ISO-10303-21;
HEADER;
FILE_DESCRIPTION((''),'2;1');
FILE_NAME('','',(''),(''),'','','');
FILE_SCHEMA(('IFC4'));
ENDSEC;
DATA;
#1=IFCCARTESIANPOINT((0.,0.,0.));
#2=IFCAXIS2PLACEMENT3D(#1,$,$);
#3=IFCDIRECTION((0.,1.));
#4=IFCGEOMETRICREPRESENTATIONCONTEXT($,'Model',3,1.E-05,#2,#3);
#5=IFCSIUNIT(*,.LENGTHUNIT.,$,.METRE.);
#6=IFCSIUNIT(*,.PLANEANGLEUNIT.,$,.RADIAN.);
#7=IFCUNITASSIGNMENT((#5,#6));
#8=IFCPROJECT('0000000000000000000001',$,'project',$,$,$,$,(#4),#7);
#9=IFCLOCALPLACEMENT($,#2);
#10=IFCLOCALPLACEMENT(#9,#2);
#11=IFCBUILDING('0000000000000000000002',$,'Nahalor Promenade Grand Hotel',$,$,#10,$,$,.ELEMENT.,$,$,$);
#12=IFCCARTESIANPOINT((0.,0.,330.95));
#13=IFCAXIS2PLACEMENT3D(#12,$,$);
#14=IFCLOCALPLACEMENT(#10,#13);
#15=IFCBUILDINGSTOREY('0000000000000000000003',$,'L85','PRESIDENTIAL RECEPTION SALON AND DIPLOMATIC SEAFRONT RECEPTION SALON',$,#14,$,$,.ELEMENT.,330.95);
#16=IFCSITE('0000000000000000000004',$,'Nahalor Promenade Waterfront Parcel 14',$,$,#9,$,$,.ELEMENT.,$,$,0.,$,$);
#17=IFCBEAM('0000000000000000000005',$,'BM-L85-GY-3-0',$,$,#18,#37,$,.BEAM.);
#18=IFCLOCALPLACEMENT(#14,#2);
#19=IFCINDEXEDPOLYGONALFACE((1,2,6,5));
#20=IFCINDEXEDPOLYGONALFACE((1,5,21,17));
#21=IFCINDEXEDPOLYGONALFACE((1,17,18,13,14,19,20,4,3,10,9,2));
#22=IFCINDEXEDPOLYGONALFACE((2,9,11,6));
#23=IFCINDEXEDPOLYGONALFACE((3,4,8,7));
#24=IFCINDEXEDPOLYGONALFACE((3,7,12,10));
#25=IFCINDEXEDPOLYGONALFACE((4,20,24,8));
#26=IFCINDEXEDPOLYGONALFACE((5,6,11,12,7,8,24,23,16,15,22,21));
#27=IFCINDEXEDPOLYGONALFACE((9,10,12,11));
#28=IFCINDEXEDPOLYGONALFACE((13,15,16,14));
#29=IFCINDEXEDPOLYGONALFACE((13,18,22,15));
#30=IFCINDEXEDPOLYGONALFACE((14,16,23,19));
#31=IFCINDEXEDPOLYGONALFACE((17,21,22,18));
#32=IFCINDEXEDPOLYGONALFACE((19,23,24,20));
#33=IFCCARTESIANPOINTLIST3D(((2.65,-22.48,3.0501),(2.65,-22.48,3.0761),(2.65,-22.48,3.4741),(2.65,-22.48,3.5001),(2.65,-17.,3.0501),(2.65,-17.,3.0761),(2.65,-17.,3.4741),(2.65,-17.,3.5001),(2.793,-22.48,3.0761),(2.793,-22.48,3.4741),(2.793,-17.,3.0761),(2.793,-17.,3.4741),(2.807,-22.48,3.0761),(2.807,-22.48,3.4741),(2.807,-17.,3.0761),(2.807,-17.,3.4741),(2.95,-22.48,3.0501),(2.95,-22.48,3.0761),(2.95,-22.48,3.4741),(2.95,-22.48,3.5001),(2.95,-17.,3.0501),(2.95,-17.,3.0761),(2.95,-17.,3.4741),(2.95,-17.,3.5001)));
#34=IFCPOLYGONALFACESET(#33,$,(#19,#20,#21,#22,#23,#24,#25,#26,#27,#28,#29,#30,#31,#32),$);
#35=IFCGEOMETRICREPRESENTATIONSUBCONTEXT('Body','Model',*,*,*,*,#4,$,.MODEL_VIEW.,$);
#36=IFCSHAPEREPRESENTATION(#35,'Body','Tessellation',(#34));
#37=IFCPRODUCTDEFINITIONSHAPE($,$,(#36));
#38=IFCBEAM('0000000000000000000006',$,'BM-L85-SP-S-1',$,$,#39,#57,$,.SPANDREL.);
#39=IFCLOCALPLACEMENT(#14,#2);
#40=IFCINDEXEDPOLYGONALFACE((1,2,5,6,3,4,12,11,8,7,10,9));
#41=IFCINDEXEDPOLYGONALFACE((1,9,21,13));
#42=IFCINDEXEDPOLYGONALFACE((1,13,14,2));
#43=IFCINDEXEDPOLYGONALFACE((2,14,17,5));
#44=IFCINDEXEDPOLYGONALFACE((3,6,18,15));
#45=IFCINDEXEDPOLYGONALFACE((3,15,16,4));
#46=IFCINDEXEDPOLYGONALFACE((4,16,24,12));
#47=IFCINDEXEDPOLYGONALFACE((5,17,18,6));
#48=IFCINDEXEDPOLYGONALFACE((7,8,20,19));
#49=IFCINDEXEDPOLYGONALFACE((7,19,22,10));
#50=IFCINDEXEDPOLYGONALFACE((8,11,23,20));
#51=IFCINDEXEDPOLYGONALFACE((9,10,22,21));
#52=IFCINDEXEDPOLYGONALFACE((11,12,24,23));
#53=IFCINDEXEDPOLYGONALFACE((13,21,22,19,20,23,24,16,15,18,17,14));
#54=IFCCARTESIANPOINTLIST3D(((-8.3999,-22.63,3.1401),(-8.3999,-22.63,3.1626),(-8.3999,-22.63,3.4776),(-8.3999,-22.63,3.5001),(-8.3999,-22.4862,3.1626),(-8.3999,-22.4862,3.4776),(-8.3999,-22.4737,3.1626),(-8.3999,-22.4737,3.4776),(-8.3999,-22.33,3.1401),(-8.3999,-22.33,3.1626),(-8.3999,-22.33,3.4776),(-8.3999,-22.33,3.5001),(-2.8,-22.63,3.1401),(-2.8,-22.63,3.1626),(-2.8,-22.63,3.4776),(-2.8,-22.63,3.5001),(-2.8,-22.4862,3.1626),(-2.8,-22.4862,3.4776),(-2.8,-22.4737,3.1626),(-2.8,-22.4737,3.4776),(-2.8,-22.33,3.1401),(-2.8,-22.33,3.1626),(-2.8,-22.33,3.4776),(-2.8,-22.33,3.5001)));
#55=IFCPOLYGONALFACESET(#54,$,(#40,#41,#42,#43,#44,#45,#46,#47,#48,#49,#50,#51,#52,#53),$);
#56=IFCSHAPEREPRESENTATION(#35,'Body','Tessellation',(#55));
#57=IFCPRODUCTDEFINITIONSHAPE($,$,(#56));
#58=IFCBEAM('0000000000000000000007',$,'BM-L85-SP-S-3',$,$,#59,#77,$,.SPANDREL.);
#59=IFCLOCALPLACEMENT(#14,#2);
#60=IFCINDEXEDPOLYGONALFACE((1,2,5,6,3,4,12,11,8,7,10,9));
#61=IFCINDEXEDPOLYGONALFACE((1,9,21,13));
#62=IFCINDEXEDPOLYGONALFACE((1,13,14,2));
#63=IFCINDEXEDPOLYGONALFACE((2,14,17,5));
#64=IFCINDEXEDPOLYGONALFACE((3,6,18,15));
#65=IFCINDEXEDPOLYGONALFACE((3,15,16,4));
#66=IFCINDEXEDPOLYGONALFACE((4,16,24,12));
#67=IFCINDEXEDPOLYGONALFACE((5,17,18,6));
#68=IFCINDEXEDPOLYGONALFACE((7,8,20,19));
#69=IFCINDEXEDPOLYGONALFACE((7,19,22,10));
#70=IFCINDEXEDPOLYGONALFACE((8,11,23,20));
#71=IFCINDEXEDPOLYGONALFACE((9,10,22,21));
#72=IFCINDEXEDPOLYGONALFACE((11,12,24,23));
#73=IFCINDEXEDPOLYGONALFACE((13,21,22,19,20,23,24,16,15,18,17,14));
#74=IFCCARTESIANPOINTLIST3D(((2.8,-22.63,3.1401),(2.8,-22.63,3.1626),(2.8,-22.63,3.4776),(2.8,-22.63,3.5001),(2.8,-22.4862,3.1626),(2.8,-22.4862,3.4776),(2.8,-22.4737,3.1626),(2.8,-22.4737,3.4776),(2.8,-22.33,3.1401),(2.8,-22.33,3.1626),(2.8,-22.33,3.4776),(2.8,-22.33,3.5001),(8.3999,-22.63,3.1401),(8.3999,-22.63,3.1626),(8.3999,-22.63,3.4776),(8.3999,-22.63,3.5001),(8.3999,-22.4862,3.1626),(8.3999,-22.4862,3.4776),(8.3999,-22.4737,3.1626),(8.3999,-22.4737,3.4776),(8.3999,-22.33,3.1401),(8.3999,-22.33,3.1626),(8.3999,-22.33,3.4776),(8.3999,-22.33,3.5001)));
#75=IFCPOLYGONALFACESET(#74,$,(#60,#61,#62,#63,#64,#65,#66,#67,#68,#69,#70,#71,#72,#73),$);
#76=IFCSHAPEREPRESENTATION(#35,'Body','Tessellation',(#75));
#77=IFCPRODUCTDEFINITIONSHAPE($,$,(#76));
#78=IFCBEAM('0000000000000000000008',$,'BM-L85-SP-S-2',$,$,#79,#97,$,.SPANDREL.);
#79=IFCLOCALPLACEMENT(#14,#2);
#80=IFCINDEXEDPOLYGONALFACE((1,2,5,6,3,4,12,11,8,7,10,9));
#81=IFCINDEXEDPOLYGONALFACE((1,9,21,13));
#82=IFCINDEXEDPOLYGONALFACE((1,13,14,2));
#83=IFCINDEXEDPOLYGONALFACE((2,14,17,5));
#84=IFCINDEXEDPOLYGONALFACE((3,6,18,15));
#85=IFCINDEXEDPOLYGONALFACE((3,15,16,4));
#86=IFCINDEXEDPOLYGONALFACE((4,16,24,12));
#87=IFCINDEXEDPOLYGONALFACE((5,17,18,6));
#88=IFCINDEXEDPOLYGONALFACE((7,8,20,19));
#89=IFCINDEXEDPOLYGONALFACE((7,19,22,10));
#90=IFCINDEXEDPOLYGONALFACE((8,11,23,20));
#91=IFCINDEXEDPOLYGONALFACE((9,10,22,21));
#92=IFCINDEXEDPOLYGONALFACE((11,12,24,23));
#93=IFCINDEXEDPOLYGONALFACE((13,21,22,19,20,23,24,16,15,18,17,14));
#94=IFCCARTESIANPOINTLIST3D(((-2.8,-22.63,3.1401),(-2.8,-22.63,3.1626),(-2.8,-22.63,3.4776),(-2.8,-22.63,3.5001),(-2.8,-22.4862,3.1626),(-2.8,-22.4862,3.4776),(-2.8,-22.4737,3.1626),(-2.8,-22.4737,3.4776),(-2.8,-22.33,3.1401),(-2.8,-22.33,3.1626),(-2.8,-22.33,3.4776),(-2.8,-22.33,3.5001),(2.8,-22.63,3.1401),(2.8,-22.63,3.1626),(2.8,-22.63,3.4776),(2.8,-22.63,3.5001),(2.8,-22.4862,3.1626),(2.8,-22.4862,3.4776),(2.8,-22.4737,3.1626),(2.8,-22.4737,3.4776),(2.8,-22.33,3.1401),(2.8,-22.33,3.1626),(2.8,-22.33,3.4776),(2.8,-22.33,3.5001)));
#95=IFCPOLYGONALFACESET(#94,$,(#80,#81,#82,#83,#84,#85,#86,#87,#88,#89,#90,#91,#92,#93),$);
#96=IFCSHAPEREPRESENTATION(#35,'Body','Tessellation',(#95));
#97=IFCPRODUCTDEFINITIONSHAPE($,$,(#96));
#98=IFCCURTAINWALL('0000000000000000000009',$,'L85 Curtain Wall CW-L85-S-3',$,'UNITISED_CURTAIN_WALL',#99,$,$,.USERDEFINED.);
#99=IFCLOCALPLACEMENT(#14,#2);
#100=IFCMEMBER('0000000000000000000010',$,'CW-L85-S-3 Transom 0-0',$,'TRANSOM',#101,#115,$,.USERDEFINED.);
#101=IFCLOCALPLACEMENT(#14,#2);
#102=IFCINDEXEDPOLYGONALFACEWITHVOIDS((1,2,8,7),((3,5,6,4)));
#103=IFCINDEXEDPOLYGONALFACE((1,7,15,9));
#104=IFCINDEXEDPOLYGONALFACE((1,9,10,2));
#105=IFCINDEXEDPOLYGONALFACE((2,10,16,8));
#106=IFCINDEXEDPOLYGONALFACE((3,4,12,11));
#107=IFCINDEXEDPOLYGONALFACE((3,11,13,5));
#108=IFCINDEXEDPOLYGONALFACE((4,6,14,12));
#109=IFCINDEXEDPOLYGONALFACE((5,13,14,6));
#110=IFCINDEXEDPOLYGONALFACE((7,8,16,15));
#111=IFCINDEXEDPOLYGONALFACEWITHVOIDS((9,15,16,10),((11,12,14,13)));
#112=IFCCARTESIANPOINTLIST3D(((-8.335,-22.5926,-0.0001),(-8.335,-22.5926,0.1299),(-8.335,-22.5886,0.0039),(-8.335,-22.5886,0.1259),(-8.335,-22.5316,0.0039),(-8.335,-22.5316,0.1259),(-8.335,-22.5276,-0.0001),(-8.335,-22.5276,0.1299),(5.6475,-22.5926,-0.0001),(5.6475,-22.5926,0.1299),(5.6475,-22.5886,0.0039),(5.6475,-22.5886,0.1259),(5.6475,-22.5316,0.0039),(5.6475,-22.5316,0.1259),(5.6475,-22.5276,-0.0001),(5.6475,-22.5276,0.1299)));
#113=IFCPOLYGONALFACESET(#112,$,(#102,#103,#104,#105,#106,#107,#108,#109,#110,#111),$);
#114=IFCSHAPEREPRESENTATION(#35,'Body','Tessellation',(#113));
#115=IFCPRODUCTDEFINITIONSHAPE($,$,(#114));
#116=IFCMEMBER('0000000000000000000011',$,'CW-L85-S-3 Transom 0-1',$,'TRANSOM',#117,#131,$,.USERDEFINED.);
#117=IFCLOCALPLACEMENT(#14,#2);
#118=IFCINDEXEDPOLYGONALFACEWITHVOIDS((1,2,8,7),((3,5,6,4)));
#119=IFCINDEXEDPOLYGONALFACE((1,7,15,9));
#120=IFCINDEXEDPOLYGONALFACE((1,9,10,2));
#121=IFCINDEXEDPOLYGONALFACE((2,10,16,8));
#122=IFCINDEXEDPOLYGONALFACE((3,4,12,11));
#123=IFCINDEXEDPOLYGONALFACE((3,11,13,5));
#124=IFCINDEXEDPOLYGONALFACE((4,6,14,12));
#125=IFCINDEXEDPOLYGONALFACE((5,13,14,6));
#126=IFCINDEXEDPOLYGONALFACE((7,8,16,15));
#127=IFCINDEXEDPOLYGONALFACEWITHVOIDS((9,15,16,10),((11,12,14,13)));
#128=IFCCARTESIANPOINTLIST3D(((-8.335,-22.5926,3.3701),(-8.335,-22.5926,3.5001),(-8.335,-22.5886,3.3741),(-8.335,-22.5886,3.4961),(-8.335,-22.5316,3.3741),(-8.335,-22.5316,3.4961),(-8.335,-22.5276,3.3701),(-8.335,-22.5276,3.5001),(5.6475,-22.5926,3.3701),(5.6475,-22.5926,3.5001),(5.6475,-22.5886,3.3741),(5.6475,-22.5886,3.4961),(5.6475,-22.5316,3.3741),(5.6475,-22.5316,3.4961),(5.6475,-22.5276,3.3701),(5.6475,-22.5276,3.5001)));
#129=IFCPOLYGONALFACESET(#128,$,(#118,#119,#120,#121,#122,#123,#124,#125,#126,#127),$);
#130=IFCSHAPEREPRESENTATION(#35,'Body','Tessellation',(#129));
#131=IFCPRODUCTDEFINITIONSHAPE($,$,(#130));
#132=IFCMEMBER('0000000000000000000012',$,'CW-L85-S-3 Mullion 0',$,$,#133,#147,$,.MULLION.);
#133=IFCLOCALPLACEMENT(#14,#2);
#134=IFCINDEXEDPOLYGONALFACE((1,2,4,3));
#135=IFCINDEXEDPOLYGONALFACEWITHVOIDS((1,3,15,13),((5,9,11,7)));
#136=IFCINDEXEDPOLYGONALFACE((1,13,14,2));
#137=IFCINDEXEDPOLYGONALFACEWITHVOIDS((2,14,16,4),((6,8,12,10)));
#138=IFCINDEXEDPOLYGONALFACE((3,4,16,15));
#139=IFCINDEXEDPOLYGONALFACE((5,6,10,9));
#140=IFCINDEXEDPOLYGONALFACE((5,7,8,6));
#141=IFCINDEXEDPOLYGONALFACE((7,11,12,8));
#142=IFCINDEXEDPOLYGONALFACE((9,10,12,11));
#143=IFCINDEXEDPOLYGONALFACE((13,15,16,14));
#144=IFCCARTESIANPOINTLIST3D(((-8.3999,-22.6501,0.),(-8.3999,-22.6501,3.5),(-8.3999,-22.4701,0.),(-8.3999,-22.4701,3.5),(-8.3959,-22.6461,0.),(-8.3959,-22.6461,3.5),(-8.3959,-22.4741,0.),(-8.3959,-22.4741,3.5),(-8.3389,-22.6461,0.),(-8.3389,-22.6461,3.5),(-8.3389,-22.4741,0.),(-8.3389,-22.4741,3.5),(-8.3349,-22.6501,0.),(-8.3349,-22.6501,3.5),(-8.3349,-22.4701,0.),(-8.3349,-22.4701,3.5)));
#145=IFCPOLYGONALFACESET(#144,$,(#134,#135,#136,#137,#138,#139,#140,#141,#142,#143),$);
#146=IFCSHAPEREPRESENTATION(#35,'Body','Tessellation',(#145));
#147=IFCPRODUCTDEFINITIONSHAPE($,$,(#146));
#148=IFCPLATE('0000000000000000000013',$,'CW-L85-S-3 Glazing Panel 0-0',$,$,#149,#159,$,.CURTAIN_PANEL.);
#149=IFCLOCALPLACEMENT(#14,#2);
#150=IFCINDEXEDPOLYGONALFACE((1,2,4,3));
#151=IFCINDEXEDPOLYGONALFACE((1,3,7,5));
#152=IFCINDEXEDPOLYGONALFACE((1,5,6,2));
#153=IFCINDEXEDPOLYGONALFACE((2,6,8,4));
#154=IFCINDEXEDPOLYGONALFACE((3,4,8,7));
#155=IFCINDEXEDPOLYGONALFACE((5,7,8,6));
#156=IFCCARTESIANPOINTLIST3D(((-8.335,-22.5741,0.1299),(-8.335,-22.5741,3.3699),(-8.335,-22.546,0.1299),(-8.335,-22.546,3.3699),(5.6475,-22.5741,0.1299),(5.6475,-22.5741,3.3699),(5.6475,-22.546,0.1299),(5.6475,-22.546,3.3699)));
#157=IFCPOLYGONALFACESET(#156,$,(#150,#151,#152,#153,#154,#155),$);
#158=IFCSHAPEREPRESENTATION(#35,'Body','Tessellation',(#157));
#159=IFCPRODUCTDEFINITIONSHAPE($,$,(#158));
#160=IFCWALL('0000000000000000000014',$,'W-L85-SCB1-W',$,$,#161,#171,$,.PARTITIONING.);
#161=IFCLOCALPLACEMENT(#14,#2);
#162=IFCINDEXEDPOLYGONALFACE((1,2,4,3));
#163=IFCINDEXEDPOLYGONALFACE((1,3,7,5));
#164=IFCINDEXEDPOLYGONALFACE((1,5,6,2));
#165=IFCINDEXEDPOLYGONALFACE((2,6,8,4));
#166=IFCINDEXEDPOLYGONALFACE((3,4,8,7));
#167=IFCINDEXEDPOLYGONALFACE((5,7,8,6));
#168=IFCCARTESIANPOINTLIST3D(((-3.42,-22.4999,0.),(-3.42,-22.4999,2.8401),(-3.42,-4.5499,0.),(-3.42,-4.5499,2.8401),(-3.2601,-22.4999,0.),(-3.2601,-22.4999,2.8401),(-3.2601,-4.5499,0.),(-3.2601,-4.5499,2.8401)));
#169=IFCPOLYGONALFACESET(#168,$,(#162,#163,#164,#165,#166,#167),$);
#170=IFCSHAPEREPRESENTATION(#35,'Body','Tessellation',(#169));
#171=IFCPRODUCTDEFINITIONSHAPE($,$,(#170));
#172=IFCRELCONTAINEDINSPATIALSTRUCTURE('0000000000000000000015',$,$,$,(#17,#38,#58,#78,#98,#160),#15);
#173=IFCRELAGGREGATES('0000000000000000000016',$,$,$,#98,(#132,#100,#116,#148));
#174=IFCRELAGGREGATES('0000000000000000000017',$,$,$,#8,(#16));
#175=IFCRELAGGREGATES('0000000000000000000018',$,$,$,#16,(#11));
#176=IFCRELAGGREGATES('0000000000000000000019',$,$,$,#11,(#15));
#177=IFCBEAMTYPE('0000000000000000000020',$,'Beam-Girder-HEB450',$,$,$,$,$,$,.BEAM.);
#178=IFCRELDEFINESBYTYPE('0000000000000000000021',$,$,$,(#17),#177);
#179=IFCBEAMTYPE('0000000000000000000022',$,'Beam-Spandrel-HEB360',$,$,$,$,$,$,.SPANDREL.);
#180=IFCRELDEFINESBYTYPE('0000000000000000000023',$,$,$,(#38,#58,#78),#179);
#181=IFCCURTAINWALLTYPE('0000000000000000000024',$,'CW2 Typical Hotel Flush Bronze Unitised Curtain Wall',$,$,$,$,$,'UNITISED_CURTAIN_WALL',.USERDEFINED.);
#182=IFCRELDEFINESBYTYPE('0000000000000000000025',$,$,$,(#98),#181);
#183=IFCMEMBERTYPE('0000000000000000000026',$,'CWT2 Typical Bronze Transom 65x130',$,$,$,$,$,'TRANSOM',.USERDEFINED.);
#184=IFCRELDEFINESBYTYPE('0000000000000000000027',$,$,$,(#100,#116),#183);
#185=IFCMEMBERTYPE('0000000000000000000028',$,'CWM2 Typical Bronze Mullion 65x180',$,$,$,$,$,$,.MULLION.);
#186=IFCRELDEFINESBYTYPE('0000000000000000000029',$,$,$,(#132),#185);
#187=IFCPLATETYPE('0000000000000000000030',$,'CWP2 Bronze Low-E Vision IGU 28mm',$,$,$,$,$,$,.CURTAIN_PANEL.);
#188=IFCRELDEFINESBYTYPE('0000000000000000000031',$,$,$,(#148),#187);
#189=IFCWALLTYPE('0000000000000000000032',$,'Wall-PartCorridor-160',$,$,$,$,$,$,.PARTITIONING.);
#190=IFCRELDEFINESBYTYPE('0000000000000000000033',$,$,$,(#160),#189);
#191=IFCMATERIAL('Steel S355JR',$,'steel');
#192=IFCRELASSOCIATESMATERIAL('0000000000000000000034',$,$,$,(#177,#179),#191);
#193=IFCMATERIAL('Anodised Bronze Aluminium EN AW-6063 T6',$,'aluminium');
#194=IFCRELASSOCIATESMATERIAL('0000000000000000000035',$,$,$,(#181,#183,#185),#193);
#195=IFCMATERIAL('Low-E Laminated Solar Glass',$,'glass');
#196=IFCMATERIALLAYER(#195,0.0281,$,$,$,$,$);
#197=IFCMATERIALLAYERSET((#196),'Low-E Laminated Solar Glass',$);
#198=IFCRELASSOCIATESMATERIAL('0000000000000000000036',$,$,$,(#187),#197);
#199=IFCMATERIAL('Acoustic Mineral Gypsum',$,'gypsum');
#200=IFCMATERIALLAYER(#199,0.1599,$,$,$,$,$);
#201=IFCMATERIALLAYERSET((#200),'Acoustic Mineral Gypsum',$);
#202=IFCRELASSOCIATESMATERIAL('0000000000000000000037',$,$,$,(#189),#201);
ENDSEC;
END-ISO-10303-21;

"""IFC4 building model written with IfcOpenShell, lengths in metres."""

from ifc_helpers import new_model, si_unit, direction, frame, frame_2d, origin, origin_2d, place, context, subcontext, project, spatial, rectangle, hollow_rectangle, i_section, extrude, source, transform, mapped, material, layer, layer_set, material_profile, profile_set, type_object, element, aggregate, save


model = new_model("IFC4")

# Units and contexts
model_context = context("Model", 3, precision=1e-05, world=origin(), true_north=direction((0.0, 1.0)))
body_context = subcontext(model_context, "Body", "Model", "MODEL_VIEW")
ifc_project = project(units=[si_unit("LENGTHUNIT", "METRE"), si_unit("PLANEANGLEUNIT", "RADIAN")], contexts=[model_context])

# Site, building, storey
site_placement = place(None, origin())
site = spatial("IfcSite", under=ifc_project, at=site_placement, Name="Nahalor Promenade Waterfront Parcel 14", CompositionType="ELEMENT", RefElevation=0.0)
building_placement = place(site_placement, origin())
building = spatial("IfcBuilding", under=site, at=building_placement, Name="Nahalor Promenade Grand Hotel", CompositionType="ELEMENT")
storey_placement = place(building_placement, frame((0.0, 0.0, 330.95)))
storey = spatial("IfcBuildingStorey", under=building, at=storey_placement, Name="L85", Description="PRESIDENTIAL RECEPTION SALON AND DIPLOMATIC SEAFRONT RECEPTION SALON", CompositionType="ELEMENT", Elevation=330.95)

# Shared definitions
ifc_material_1 = material(Name="Steel S355JR", Category="steel")

# Beams
ifc_material_profile_1 = material_profile(ifc_material_1, i_section(OverallWidth=0.3, OverallDepth=0.45, WebThickness=0.014, FlangeThickness=0.026, at=origin_2d()), Name="HEB 450")
ifc_profile_set_1 = profile_set([ifc_material_profile_1], Name="Steel S355JR")
beam_type_1 = type_object("IfcBeamType", Name="Beam-Girder-HEB450", PredefinedType="BEAM", material=ifc_profile_set_1)
shared_shape_1 = source(origin(), body_context, "Body", "SweptSolid", [
    extrude(i_section(OverallWidth=0.3, OverallDepth=0.45, WebThickness=0.014, FlangeThickness=0.026, at=origin_2d()), origin(), (0.0, 0.0, 1.0), 5.48),
])
for number, where, z_axis, x_axis, name in (
    (1, (2.8, -22.48, 3.2751), (0.0, 1.0, 0.0), (-1.0, 0.0, 0.0), "BM-L85-GY-3-0"),
):
    element("IfcBeam", number, at=place(storey_placement, frame(where, z_axis=z_axis, x_axis=x_axis)), inside=storey, type_object=beam_type_1, Name=name, PredefinedType="BEAM", context=body_context, shape_type="MappedRepresentation", body=[
        mapped(shared_shape_1, transform((0.0, 0.0, 0.0), scale=1.0)),
    ])
ifc_material_profile_2 = material_profile(ifc_material_1, i_section(OverallWidth=0.3, OverallDepth=0.36, WebThickness=0.0125, FlangeThickness=0.0225, at=origin_2d()), Name="HEB 360")
ifc_profile_set_2 = profile_set([ifc_material_profile_2], Name="Steel S355JR")
beam_type_2 = type_object("IfcBeamType", Name="Beam-Spandrel-HEB360", PredefinedType="SPANDREL", material=ifc_profile_set_2)
shared_shape_2 = source(origin(), body_context, "Body", "SweptSolid", [
    extrude(i_section(OverallWidth=0.3, OverallDepth=0.36, WebThickness=0.0125, FlangeThickness=0.0225, at=origin_2d()), origin(), (0.0, 0.0, 1.0), 5.5999),
])
for number, where, z_axis, x_axis, name in (
    (2, (-8.3999, -22.48, 3.3201), (1.0, 0.0, 0.0), (0.0, 1.0, 0.0), "BM-L85-SP-S-1"),
    (3, (2.8, -22.48, 3.3201), (1.0, 0.0, 0.0), (0.0, 1.0, 0.0), "BM-L85-SP-S-3"),
):
    element("IfcBeam", number, at=place(storey_placement, frame(where, z_axis=z_axis, x_axis=x_axis)), inside=storey, type_object=beam_type_2, Name=name, PredefinedType="SPANDREL", context=body_context, shape_type="MappedRepresentation", body=[
        mapped(shared_shape_2, transform((0.0, 0.0, 0.0), scale=1.0)),
    ])
shared_shape_3 = source(origin(), body_context, "Body", "SweptSolid", [
    extrude(i_section(OverallWidth=0.3, OverallDepth=0.36, WebThickness=0.0125, FlangeThickness=0.0225, at=origin_2d()), origin(), (0.0, 0.0, 1.0), 5.6001),
])
beam_1_placement = place(storey_placement, frame((-2.8, -22.48, 3.3201), z_axis=(1.0, 0.0, 0.0), x_axis=(0.0, 1.0, 0.0)))
element("IfcBeam", 4, at=beam_1_placement, inside=storey, type_object=beam_type_2, Name="BM-L85-SP-S-2", PredefinedType="SPANDREL", context=body_context, shape_type="MappedRepresentation", body=[
    mapped(shared_shape_3, transform((0.0, 0.0, 0.0), scale=1.0)),
])

# Curtain wall, members, plate
ifc_material_2 = material(Name="Anodised Bronze Aluminium EN AW-6063 T6", Category="aluminium")
curtain_wall_type = type_object("IfcCurtainWallType", Name="CW2 Typical Hotel Flush Bronze Unitised Curtain Wall", ElementType="UNITISED_CURTAIN_WALL", PredefinedType="USERDEFINED", material=ifc_material_2)
curtain_wall_placement = place(storey_placement, origin())
curtain_wall = element("IfcCurtainWall", 5, at=curtain_wall_placement, inside=storey, type_object=curtain_wall_type, Name="L85 Curtain Wall CW-L85-S-3", ObjectType="UNITISED_CURTAIN_WALL", PredefinedType="USERDEFINED")
ifc_material_profile_3 = material_profile(ifc_material_2, hollow_rectangle(XDim=0.065, YDim=0.13, WallThickness=0.004, at=origin_2d()), Name="CWT 65x130x4")
ifc_profile_set_3 = profile_set([ifc_material_profile_3], Name="Anodised Bronze Aluminium EN AW-6063 T6")
member_type_1 = type_object("IfcMemberType", Name="CWT2 Typical Bronze Transom 65x130", ElementType="TRANSOM", PredefinedType="USERDEFINED", material=ifc_profile_set_3)
shared_shape_4 = source(origin(), body_context, "Body", "SweptSolid", [
    extrude(hollow_rectangle(XDim=0.065, YDim=0.13, WallThickness=0.004, at=origin_2d()), origin(), (0.0, 0.0, 1.0), 13.9824),
])
member_1_placement = place(storey_placement, frame((-8.335, -22.5601, 0.0649), z_axis=(1.0, 0.0, 0.0), x_axis=(0.0, 1.0, 0.0)))
member_1 = element("IfcMember", 6, at=member_1_placement, type_object=member_type_1, Name="CW-L85-S-3 Transom 0-0", ObjectType="TRANSOM", PredefinedType="USERDEFINED", context=body_context, shape_type="MappedRepresentation", body=[
    mapped(shared_shape_4, transform((0.0, 0.0, 0.0), scale=1.0)),
])
member_2_placement = place(storey_placement, frame((-8.335, -22.5601, 3.4351), z_axis=(1.0, 0.0, 0.0), x_axis=(0.0, 1.0, 0.0)))
member_2 = element("IfcMember", 7, at=member_2_placement, type_object=member_type_1, Name="CW-L85-S-3 Transom 0-1", ObjectType="TRANSOM", PredefinedType="USERDEFINED", context=body_context, shape_type="MappedRepresentation", body=[
    mapped(shared_shape_4, transform((0.0, 0.0, 0.0), scale=1.0)),
])
ifc_material_profile_4 = material_profile(ifc_material_2, hollow_rectangle(XDim=0.065, YDim=0.18, WallThickness=0.004, at=origin_2d()), Name="CWM 65x180x4")
ifc_profile_set_4 = profile_set([ifc_material_profile_4], Name="Anodised Bronze Aluminium EN AW-6063 T6")
member_type_2 = type_object("IfcMemberType", Name="CWM2 Typical Bronze Mullion 65x180", PredefinedType="MULLION", material=ifc_profile_set_4)
shared_shape_5 = source(origin(), body_context, "Body", "SweptSolid", [
    extrude(hollow_rectangle(XDim=0.065, YDim=0.18, WallThickness=0.004, at=origin_2d()), origin(), (0.0, 0.0, 1.0), 3.5),
])
member_3_placement = place(storey_placement, frame((-8.3674, -22.5601, 0.0), z_axis=(0.0, 0.0, 1.0), x_axis=(1.0, 0.0, 0.0)))
member_3 = element("IfcMember", 8, at=member_3_placement, type_object=member_type_2, Name="CW-L85-S-3 Mullion 0", PredefinedType="MULLION", context=body_context, shape_type="MappedRepresentation", body=[
    mapped(shared_shape_5, transform((0.0, 0.0, 0.0), scale=1.0)),
])
ifc_material_3 = material(Name="Low-E Laminated Solar Glass", Category="glass")
ifc_layer_1 = layer(ifc_material_3, 0.0281)
ifc_layer_set_1 = layer_set([ifc_layer_1], Name="Low-E Laminated Solar Glass")
plate_type = type_object("IfcPlateType", Name="CWP2 Bronze Low-E Vision IGU 28mm", PredefinedType="CURTAIN_PANEL", material=ifc_layer_set_1)
shared_shape_6 = source(origin(), body_context, "Body", "SweptSolid", [
    extrude(rectangle(XDim=13.9824, YDim=0.0281, at=origin_2d()), origin(), (0.0, 0.0, 1.0), 3.24),
])
plate_placement = place(storey_placement, frame((-1.3438, -22.5601, 0.1299), z_axis=(0.0, 0.0, 1.0), x_axis=(1.0, 0.0, 0.0)))
plate = element("IfcPlate", 9, at=plate_placement, type_object=plate_type, Name="CW-L85-S-3 Glazing Panel 0-0", PredefinedType="CURTAIN_PANEL", context=body_context, shape_type="MappedRepresentation", body=[
    mapped(shared_shape_6, transform((0.0, 0.0, 0.0), scale=1.0)),
])
aggregate(curtain_wall, [member_3, member_1, member_2, plate])

# Wall
ifc_material_4 = material(Name="Acoustic Mineral Gypsum", Category="gypsum")
ifc_layer_2 = layer(ifc_material_4, 0.1599)
ifc_layer_set_2 = layer_set([ifc_layer_2], Name="Acoustic Mineral Gypsum")
wall_type_1 = type_object("IfcWallType", Name="Wall-PartCorridor-160", PredefinedType="PARTITIONING", material=ifc_layer_set_2)
shared_shape_7 = source(origin(), body_context, "Body", "SweptSolid", [
    extrude(rectangle(XDim=17.95, YDim=0.1599, at=frame_2d((8.9751, 0.0))), origin(), (0.0, 0.0, 1.0), 2.8401),
])
for number, where, z_axis, x_axis, name in (
    (10, (-3.3401, -22.5, 0.0), (0.0, 0.0, 1.0), (0.0, 1.0, 0.0), "W-L85-SCB1-W"),
):
    element("IfcWall", number, at=place(storey_placement, frame(where, z_axis=z_axis, x_axis=x_axis)), inside=storey, type_object=wall_type_1, Name=name, PredefinedType="PARTITIONING", context=body_context, shape_type="MappedRepresentation", body=[
        mapped(shared_shape_7, transform((0.0, 0.0, 0.0), scale=1.0)),
    ])

save(model, "model.ifc")
